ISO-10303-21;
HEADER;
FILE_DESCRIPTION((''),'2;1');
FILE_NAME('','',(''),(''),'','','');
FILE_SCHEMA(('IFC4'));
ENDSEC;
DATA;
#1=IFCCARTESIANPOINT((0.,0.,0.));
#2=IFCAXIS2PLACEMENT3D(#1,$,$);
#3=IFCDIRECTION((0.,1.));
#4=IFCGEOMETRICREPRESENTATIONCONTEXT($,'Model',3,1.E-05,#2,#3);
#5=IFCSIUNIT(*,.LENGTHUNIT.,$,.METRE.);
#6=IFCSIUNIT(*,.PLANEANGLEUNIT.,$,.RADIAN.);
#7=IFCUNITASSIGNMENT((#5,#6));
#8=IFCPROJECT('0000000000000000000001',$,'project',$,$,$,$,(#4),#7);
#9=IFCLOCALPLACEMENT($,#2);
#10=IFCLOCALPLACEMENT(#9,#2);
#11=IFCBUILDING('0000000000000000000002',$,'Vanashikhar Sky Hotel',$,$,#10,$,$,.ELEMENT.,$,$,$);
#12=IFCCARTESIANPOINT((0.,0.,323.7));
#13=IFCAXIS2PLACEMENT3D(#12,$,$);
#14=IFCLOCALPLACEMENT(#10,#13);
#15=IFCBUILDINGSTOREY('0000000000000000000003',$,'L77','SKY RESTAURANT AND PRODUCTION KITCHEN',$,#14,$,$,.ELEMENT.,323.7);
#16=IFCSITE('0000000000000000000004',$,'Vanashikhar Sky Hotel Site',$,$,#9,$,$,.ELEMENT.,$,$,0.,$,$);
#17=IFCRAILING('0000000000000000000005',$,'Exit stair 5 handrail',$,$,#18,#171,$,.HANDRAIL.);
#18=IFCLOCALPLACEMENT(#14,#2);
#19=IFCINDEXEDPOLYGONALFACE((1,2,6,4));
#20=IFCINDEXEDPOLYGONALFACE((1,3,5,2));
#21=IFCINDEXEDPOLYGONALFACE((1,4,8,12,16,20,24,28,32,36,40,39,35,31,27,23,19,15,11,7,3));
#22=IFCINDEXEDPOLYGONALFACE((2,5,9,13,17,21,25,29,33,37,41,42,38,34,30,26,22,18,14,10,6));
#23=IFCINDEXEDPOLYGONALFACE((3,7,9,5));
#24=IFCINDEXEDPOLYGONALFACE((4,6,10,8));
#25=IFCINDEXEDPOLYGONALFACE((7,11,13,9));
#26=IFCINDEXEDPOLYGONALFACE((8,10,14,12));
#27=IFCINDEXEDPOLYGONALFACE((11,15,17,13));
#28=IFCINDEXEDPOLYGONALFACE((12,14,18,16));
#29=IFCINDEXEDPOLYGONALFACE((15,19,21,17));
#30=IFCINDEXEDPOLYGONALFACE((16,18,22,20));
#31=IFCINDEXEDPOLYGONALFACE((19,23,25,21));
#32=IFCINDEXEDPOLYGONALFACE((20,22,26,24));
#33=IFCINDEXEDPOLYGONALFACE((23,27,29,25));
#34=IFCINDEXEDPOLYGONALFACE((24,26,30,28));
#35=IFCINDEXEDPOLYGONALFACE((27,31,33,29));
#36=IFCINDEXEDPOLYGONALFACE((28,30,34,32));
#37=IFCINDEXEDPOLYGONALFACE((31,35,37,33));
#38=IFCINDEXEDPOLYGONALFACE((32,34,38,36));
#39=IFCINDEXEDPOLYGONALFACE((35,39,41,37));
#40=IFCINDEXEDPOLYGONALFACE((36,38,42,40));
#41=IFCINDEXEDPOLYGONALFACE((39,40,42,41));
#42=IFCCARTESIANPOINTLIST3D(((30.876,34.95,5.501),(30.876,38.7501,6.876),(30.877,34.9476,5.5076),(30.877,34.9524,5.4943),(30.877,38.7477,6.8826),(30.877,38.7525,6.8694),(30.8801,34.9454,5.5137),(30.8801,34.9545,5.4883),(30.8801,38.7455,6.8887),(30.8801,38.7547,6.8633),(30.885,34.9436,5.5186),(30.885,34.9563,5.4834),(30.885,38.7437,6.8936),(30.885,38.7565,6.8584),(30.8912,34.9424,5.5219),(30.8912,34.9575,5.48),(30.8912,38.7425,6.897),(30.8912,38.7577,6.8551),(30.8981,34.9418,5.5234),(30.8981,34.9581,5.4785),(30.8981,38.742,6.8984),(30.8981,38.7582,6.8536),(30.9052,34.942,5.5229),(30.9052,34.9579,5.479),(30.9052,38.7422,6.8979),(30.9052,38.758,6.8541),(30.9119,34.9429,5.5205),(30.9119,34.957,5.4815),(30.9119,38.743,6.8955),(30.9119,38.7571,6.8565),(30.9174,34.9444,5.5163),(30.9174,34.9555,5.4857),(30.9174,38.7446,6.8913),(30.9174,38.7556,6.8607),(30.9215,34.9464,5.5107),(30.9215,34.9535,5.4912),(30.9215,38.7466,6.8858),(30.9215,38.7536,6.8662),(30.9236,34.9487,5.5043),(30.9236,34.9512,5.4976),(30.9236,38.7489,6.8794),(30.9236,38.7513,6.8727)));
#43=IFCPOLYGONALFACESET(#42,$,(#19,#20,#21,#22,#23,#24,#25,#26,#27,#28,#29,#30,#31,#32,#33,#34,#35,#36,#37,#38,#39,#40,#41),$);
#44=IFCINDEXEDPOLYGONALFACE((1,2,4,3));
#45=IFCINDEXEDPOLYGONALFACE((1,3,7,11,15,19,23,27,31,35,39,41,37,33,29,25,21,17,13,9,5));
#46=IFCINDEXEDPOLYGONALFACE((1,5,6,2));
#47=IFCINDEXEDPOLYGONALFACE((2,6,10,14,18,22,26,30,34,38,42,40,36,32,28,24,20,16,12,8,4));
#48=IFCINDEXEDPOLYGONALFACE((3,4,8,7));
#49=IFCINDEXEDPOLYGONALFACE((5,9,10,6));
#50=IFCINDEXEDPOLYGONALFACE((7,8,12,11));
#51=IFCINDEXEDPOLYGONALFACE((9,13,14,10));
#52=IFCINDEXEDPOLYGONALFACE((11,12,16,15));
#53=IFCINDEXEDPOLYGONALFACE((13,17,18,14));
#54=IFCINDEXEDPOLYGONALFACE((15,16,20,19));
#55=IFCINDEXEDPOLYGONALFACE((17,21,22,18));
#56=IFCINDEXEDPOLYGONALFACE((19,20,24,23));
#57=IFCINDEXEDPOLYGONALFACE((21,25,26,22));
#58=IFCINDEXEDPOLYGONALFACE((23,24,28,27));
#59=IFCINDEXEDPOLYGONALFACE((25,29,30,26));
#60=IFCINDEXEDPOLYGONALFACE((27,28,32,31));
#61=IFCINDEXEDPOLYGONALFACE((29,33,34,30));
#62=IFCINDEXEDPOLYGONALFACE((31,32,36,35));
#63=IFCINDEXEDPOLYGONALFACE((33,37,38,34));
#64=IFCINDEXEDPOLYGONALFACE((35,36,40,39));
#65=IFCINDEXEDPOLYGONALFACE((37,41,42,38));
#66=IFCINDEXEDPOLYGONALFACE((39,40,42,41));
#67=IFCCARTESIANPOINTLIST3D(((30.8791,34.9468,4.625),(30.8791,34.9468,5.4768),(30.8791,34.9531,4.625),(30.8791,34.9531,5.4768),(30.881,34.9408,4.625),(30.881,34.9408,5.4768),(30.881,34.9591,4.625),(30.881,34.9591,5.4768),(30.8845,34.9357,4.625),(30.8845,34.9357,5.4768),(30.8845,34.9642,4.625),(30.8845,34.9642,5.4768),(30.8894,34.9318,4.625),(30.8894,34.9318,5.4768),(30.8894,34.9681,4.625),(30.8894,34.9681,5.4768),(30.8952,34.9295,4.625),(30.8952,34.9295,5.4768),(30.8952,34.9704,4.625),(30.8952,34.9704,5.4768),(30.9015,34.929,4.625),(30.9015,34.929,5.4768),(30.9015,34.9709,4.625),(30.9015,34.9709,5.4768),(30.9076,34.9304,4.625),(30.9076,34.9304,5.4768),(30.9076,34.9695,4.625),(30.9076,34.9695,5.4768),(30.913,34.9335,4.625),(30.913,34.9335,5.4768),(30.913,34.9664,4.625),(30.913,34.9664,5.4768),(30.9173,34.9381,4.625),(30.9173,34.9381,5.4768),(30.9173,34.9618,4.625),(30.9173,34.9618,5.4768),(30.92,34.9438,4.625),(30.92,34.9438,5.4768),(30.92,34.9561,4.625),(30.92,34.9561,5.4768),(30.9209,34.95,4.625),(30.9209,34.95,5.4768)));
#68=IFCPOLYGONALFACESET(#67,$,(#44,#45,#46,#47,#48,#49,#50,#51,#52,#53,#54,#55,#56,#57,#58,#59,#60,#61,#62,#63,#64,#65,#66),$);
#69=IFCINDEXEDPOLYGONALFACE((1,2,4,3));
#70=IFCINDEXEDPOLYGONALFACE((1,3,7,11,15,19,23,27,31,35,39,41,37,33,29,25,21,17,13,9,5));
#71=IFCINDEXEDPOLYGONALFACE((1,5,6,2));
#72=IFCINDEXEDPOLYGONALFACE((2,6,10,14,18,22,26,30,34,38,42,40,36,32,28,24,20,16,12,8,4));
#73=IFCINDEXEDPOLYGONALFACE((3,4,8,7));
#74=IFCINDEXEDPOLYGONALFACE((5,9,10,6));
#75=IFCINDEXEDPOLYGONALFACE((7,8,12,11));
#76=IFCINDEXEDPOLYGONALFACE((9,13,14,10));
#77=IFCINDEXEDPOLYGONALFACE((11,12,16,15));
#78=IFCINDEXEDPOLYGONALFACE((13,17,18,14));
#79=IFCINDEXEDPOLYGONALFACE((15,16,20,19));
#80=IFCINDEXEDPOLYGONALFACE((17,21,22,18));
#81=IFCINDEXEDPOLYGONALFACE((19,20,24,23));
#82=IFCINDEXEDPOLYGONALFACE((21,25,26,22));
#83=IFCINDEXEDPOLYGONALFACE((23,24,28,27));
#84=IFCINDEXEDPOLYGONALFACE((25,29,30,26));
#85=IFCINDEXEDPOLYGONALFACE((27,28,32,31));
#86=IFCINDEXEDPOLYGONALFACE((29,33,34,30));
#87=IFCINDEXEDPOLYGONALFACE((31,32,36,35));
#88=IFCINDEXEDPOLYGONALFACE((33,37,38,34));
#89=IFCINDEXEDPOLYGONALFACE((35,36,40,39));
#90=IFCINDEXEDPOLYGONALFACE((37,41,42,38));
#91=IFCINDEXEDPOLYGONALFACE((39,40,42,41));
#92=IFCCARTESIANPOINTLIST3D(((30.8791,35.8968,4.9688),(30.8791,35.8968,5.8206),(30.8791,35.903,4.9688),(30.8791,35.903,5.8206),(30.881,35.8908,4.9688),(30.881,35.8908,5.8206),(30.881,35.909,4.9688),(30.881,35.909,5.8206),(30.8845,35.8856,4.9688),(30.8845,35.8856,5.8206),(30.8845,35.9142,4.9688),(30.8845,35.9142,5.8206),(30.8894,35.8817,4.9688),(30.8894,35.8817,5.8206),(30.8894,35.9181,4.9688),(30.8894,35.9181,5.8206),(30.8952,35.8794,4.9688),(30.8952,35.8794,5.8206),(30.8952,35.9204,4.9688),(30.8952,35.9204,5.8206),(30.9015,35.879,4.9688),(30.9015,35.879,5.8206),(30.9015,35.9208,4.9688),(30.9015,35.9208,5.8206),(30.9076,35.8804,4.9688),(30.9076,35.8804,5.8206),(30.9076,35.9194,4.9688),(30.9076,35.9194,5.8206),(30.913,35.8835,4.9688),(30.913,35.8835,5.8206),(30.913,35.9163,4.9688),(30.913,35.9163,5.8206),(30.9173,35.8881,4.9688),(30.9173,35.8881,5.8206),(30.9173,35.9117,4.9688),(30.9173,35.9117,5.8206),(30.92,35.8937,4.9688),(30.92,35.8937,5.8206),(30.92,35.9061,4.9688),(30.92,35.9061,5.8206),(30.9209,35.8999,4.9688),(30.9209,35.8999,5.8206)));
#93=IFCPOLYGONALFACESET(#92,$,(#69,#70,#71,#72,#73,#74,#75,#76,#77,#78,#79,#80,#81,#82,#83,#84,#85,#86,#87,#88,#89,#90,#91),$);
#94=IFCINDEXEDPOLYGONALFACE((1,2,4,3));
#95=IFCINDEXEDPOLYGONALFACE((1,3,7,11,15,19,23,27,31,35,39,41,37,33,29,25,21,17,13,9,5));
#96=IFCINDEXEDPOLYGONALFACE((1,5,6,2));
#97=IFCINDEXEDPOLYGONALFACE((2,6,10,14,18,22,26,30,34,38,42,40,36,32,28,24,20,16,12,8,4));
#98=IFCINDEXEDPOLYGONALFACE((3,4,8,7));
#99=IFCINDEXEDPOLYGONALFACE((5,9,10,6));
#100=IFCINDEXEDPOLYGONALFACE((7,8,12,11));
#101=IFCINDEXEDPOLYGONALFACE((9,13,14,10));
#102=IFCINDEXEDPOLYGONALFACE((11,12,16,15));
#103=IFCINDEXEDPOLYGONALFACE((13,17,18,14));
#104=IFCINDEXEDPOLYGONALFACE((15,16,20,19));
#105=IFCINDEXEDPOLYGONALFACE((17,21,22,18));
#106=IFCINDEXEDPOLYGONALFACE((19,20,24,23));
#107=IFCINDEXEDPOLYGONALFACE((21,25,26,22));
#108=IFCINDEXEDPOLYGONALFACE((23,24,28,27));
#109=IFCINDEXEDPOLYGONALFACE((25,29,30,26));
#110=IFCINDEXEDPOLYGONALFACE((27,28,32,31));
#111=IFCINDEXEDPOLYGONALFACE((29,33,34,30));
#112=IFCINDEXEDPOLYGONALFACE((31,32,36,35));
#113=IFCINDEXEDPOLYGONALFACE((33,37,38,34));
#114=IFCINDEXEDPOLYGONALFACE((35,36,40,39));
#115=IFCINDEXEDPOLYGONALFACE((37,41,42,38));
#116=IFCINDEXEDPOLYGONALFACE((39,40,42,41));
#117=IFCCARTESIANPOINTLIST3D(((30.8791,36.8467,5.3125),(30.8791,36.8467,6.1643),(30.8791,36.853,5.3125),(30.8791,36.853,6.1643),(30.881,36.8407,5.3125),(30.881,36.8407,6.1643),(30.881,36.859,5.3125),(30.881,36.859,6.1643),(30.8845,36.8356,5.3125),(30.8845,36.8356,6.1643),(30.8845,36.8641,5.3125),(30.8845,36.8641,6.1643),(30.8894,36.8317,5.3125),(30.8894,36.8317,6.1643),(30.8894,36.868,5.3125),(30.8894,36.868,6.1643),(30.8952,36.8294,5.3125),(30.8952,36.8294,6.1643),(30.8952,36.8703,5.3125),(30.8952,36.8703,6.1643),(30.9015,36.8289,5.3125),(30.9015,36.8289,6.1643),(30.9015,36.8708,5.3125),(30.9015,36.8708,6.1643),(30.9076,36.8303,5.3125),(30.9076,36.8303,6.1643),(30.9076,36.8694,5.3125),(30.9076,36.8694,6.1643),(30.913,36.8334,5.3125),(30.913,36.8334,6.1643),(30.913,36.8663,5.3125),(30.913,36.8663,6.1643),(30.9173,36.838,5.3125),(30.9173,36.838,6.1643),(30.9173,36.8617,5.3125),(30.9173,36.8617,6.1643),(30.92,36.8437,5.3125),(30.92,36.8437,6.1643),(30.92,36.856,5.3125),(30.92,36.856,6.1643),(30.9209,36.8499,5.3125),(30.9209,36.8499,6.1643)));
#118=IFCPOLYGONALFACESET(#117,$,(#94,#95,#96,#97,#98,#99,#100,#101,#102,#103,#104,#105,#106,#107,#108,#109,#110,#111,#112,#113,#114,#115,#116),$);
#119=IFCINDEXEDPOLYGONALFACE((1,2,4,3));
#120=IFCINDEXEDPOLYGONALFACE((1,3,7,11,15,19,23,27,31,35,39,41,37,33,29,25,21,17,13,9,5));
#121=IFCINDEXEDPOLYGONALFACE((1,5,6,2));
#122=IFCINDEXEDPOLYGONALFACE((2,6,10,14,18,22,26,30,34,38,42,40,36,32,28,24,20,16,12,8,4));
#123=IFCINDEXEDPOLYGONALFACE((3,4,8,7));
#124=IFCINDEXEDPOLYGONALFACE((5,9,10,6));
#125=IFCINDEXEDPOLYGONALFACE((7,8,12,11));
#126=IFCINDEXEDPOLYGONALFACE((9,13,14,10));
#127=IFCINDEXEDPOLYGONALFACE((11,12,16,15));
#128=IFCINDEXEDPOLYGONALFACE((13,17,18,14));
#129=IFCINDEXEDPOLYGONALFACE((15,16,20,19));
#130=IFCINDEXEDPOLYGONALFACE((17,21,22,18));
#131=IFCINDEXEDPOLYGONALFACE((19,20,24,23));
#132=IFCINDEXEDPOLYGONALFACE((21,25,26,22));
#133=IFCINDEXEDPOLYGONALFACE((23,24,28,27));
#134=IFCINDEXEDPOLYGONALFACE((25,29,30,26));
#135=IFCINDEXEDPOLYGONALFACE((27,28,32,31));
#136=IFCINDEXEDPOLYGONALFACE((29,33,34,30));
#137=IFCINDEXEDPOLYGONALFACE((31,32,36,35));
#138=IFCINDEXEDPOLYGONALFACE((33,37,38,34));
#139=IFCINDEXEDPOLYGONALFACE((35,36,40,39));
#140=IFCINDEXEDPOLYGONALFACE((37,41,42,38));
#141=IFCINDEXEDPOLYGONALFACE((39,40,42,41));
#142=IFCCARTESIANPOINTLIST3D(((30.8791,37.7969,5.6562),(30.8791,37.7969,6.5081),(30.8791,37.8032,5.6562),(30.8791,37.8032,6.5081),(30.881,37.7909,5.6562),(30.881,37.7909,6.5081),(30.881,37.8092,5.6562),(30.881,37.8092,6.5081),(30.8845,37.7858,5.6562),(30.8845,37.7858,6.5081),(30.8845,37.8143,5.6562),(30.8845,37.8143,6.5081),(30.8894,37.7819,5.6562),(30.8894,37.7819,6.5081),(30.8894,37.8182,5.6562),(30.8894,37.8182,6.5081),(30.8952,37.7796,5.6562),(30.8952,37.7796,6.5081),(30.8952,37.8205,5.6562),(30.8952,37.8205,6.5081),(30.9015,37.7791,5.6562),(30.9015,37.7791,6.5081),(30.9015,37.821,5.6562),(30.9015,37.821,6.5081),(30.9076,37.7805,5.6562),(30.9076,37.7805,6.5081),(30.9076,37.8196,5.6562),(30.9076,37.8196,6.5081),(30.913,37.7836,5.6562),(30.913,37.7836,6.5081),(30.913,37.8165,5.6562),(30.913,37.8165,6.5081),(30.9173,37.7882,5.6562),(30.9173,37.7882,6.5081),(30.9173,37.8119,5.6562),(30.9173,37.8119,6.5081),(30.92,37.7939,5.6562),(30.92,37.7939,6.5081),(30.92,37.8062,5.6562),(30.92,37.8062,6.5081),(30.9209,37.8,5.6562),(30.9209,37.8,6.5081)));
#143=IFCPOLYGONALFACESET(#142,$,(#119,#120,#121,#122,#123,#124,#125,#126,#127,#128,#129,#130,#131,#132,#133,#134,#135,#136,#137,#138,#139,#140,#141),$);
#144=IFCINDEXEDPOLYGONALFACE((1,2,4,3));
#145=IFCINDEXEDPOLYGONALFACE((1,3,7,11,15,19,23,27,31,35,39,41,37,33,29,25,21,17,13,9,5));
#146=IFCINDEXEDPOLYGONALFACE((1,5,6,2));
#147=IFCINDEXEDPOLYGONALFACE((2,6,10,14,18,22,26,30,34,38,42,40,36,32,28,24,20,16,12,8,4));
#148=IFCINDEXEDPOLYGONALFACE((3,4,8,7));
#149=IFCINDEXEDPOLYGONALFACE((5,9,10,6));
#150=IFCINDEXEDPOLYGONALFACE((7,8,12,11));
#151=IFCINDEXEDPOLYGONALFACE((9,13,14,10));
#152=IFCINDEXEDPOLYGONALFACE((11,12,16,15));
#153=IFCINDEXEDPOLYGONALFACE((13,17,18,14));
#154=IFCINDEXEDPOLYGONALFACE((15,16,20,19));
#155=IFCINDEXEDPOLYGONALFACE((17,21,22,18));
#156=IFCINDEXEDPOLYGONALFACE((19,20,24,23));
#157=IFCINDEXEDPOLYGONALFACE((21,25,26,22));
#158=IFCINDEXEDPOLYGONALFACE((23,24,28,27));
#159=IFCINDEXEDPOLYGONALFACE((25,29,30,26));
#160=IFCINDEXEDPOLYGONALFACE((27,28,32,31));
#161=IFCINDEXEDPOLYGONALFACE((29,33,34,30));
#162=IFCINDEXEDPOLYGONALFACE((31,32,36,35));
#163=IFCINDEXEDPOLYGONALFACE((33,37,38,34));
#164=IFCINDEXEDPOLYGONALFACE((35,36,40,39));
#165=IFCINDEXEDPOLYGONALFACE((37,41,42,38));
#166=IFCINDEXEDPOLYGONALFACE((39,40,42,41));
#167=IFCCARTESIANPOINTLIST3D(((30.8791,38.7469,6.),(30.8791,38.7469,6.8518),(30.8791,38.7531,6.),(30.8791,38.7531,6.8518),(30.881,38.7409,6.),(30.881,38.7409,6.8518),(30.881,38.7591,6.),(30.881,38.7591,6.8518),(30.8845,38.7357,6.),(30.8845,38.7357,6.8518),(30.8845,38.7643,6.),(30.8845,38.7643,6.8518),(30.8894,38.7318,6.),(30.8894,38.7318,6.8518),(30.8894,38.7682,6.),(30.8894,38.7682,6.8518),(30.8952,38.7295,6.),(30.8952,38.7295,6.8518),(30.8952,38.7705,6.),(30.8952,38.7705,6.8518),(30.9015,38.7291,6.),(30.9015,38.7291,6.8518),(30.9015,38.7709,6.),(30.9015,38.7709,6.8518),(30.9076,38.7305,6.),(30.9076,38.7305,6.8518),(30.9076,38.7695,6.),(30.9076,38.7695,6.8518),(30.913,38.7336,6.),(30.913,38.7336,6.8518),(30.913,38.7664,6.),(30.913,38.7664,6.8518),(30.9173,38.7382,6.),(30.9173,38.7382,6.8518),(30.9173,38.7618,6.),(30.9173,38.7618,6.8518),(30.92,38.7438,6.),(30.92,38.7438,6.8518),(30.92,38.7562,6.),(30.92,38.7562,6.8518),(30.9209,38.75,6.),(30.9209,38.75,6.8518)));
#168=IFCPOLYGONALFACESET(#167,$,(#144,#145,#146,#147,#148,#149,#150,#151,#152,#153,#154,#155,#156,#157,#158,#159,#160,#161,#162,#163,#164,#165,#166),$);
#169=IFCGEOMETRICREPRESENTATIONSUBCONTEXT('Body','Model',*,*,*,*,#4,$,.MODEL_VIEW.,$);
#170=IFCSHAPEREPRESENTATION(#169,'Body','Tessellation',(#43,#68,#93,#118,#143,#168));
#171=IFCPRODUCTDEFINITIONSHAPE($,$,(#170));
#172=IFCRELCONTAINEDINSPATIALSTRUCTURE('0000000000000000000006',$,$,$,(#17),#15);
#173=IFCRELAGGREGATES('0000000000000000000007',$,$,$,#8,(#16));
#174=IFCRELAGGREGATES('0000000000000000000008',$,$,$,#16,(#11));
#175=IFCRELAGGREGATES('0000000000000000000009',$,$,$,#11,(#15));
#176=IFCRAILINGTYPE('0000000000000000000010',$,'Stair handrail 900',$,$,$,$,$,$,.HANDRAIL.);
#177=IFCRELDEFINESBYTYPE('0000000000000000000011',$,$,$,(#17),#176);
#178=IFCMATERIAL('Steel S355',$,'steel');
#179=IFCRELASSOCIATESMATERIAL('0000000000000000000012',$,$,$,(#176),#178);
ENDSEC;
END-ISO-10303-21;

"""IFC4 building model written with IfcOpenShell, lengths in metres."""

from ifc_helpers import new_model, si_unit, direction, frame, origin, origin_2d, place, context, subcontext, project, spatial, circle, extrude, source, transform, mapped, material, type_object, element, save


model = new_model("IFC4")

# Units and contexts
model_context = context("Model", 3, precision=1e-05, world=origin(), true_north=direction((0.0, 1.0)))
body_context = subcontext(model_context, "Body", "Model", "MODEL_VIEW")
ifc_project = project(units=[si_unit("LENGTHUNIT", "METRE"), si_unit("PLANEANGLEUNIT", "RADIAN")], contexts=[model_context])

# Site, building, storey
site_placement = place(None, origin())
site = spatial("IfcSite", under=ifc_project, at=site_placement, Name="Vanashikhar Sky Hotel Site", CompositionType="ELEMENT", RefElevation=0.0)
building_placement = place(site_placement, origin())
building = spatial("IfcBuilding", under=site, at=building_placement, Name="Vanashikhar Sky Hotel", CompositionType="ELEMENT")
storey_placement = place(building_placement, frame((0.0, 0.0, 323.7)))
storey = spatial("IfcBuildingStorey", under=building, at=storey_placement, Name="L77", Description="SKY RESTAURANT AND PRODUCTION KITCHEN", CompositionType="ELEMENT", Elevation=323.7)

# Railing
ifc_material_1 = material(Name="Steel S355", Category="steel")
railing_type_1 = type_object("IfcRailingType", Name="Stair handrail 900", PredefinedType="HANDRAIL", material=ifc_material_1)
shared_shape_1 = source(origin(), body_context, "Body", "SweptSolid", [
    extrude(circle(Radius=0.0239, at=origin_2d()), frame((0.0, 0.0, 0.876), z_axis=(0.0, 0.940336, 0.340249), x_axis=(-1.0, 0.0, 0.0)), (0.0, 0.0, 1.0), 4.0413),
    extrude(circle(Radius=0.021, at=origin_2d()), origin(), (0.0, 0.0, 1.0), 0.8518),
    extrude(circle(Radius=0.021, at=origin_2d()), frame((0.0, 0.95, 0.3438)), (0.0, 0.0, 1.0), 0.8518),
    extrude(circle(Radius=0.021, at=origin_2d()), frame((0.0, 1.8999, 0.6875)), (0.0, 0.0, 1.0), 0.8518),
    extrude(circle(Radius=0.021, at=origin_2d()), frame((0.0, 2.8501, 1.0312)), (0.0, 0.0, 1.0), 0.8518),
    extrude(circle(Radius=0.021, at=origin_2d()), frame((0.0, 3.8, 1.375)), (0.0, 0.0, 1.0), 0.8518),
])
for number, where, name in (
    (1, (30.8999, 34.95, 4.625), "Exit stair 5 handrail"),
):
    element("IfcRailing", number, at=place(storey_placement, frame(where)), inside=storey, type_object=railing_type_1, Name=name, PredefinedType="HANDRAIL", context=body_context, shape_type="MappedRepresentation", body=[
        mapped(shared_shape_1, transform((0.0, 0.0, 0.0), scale=1.0)),
    ])

save(model, "model.ifc")
